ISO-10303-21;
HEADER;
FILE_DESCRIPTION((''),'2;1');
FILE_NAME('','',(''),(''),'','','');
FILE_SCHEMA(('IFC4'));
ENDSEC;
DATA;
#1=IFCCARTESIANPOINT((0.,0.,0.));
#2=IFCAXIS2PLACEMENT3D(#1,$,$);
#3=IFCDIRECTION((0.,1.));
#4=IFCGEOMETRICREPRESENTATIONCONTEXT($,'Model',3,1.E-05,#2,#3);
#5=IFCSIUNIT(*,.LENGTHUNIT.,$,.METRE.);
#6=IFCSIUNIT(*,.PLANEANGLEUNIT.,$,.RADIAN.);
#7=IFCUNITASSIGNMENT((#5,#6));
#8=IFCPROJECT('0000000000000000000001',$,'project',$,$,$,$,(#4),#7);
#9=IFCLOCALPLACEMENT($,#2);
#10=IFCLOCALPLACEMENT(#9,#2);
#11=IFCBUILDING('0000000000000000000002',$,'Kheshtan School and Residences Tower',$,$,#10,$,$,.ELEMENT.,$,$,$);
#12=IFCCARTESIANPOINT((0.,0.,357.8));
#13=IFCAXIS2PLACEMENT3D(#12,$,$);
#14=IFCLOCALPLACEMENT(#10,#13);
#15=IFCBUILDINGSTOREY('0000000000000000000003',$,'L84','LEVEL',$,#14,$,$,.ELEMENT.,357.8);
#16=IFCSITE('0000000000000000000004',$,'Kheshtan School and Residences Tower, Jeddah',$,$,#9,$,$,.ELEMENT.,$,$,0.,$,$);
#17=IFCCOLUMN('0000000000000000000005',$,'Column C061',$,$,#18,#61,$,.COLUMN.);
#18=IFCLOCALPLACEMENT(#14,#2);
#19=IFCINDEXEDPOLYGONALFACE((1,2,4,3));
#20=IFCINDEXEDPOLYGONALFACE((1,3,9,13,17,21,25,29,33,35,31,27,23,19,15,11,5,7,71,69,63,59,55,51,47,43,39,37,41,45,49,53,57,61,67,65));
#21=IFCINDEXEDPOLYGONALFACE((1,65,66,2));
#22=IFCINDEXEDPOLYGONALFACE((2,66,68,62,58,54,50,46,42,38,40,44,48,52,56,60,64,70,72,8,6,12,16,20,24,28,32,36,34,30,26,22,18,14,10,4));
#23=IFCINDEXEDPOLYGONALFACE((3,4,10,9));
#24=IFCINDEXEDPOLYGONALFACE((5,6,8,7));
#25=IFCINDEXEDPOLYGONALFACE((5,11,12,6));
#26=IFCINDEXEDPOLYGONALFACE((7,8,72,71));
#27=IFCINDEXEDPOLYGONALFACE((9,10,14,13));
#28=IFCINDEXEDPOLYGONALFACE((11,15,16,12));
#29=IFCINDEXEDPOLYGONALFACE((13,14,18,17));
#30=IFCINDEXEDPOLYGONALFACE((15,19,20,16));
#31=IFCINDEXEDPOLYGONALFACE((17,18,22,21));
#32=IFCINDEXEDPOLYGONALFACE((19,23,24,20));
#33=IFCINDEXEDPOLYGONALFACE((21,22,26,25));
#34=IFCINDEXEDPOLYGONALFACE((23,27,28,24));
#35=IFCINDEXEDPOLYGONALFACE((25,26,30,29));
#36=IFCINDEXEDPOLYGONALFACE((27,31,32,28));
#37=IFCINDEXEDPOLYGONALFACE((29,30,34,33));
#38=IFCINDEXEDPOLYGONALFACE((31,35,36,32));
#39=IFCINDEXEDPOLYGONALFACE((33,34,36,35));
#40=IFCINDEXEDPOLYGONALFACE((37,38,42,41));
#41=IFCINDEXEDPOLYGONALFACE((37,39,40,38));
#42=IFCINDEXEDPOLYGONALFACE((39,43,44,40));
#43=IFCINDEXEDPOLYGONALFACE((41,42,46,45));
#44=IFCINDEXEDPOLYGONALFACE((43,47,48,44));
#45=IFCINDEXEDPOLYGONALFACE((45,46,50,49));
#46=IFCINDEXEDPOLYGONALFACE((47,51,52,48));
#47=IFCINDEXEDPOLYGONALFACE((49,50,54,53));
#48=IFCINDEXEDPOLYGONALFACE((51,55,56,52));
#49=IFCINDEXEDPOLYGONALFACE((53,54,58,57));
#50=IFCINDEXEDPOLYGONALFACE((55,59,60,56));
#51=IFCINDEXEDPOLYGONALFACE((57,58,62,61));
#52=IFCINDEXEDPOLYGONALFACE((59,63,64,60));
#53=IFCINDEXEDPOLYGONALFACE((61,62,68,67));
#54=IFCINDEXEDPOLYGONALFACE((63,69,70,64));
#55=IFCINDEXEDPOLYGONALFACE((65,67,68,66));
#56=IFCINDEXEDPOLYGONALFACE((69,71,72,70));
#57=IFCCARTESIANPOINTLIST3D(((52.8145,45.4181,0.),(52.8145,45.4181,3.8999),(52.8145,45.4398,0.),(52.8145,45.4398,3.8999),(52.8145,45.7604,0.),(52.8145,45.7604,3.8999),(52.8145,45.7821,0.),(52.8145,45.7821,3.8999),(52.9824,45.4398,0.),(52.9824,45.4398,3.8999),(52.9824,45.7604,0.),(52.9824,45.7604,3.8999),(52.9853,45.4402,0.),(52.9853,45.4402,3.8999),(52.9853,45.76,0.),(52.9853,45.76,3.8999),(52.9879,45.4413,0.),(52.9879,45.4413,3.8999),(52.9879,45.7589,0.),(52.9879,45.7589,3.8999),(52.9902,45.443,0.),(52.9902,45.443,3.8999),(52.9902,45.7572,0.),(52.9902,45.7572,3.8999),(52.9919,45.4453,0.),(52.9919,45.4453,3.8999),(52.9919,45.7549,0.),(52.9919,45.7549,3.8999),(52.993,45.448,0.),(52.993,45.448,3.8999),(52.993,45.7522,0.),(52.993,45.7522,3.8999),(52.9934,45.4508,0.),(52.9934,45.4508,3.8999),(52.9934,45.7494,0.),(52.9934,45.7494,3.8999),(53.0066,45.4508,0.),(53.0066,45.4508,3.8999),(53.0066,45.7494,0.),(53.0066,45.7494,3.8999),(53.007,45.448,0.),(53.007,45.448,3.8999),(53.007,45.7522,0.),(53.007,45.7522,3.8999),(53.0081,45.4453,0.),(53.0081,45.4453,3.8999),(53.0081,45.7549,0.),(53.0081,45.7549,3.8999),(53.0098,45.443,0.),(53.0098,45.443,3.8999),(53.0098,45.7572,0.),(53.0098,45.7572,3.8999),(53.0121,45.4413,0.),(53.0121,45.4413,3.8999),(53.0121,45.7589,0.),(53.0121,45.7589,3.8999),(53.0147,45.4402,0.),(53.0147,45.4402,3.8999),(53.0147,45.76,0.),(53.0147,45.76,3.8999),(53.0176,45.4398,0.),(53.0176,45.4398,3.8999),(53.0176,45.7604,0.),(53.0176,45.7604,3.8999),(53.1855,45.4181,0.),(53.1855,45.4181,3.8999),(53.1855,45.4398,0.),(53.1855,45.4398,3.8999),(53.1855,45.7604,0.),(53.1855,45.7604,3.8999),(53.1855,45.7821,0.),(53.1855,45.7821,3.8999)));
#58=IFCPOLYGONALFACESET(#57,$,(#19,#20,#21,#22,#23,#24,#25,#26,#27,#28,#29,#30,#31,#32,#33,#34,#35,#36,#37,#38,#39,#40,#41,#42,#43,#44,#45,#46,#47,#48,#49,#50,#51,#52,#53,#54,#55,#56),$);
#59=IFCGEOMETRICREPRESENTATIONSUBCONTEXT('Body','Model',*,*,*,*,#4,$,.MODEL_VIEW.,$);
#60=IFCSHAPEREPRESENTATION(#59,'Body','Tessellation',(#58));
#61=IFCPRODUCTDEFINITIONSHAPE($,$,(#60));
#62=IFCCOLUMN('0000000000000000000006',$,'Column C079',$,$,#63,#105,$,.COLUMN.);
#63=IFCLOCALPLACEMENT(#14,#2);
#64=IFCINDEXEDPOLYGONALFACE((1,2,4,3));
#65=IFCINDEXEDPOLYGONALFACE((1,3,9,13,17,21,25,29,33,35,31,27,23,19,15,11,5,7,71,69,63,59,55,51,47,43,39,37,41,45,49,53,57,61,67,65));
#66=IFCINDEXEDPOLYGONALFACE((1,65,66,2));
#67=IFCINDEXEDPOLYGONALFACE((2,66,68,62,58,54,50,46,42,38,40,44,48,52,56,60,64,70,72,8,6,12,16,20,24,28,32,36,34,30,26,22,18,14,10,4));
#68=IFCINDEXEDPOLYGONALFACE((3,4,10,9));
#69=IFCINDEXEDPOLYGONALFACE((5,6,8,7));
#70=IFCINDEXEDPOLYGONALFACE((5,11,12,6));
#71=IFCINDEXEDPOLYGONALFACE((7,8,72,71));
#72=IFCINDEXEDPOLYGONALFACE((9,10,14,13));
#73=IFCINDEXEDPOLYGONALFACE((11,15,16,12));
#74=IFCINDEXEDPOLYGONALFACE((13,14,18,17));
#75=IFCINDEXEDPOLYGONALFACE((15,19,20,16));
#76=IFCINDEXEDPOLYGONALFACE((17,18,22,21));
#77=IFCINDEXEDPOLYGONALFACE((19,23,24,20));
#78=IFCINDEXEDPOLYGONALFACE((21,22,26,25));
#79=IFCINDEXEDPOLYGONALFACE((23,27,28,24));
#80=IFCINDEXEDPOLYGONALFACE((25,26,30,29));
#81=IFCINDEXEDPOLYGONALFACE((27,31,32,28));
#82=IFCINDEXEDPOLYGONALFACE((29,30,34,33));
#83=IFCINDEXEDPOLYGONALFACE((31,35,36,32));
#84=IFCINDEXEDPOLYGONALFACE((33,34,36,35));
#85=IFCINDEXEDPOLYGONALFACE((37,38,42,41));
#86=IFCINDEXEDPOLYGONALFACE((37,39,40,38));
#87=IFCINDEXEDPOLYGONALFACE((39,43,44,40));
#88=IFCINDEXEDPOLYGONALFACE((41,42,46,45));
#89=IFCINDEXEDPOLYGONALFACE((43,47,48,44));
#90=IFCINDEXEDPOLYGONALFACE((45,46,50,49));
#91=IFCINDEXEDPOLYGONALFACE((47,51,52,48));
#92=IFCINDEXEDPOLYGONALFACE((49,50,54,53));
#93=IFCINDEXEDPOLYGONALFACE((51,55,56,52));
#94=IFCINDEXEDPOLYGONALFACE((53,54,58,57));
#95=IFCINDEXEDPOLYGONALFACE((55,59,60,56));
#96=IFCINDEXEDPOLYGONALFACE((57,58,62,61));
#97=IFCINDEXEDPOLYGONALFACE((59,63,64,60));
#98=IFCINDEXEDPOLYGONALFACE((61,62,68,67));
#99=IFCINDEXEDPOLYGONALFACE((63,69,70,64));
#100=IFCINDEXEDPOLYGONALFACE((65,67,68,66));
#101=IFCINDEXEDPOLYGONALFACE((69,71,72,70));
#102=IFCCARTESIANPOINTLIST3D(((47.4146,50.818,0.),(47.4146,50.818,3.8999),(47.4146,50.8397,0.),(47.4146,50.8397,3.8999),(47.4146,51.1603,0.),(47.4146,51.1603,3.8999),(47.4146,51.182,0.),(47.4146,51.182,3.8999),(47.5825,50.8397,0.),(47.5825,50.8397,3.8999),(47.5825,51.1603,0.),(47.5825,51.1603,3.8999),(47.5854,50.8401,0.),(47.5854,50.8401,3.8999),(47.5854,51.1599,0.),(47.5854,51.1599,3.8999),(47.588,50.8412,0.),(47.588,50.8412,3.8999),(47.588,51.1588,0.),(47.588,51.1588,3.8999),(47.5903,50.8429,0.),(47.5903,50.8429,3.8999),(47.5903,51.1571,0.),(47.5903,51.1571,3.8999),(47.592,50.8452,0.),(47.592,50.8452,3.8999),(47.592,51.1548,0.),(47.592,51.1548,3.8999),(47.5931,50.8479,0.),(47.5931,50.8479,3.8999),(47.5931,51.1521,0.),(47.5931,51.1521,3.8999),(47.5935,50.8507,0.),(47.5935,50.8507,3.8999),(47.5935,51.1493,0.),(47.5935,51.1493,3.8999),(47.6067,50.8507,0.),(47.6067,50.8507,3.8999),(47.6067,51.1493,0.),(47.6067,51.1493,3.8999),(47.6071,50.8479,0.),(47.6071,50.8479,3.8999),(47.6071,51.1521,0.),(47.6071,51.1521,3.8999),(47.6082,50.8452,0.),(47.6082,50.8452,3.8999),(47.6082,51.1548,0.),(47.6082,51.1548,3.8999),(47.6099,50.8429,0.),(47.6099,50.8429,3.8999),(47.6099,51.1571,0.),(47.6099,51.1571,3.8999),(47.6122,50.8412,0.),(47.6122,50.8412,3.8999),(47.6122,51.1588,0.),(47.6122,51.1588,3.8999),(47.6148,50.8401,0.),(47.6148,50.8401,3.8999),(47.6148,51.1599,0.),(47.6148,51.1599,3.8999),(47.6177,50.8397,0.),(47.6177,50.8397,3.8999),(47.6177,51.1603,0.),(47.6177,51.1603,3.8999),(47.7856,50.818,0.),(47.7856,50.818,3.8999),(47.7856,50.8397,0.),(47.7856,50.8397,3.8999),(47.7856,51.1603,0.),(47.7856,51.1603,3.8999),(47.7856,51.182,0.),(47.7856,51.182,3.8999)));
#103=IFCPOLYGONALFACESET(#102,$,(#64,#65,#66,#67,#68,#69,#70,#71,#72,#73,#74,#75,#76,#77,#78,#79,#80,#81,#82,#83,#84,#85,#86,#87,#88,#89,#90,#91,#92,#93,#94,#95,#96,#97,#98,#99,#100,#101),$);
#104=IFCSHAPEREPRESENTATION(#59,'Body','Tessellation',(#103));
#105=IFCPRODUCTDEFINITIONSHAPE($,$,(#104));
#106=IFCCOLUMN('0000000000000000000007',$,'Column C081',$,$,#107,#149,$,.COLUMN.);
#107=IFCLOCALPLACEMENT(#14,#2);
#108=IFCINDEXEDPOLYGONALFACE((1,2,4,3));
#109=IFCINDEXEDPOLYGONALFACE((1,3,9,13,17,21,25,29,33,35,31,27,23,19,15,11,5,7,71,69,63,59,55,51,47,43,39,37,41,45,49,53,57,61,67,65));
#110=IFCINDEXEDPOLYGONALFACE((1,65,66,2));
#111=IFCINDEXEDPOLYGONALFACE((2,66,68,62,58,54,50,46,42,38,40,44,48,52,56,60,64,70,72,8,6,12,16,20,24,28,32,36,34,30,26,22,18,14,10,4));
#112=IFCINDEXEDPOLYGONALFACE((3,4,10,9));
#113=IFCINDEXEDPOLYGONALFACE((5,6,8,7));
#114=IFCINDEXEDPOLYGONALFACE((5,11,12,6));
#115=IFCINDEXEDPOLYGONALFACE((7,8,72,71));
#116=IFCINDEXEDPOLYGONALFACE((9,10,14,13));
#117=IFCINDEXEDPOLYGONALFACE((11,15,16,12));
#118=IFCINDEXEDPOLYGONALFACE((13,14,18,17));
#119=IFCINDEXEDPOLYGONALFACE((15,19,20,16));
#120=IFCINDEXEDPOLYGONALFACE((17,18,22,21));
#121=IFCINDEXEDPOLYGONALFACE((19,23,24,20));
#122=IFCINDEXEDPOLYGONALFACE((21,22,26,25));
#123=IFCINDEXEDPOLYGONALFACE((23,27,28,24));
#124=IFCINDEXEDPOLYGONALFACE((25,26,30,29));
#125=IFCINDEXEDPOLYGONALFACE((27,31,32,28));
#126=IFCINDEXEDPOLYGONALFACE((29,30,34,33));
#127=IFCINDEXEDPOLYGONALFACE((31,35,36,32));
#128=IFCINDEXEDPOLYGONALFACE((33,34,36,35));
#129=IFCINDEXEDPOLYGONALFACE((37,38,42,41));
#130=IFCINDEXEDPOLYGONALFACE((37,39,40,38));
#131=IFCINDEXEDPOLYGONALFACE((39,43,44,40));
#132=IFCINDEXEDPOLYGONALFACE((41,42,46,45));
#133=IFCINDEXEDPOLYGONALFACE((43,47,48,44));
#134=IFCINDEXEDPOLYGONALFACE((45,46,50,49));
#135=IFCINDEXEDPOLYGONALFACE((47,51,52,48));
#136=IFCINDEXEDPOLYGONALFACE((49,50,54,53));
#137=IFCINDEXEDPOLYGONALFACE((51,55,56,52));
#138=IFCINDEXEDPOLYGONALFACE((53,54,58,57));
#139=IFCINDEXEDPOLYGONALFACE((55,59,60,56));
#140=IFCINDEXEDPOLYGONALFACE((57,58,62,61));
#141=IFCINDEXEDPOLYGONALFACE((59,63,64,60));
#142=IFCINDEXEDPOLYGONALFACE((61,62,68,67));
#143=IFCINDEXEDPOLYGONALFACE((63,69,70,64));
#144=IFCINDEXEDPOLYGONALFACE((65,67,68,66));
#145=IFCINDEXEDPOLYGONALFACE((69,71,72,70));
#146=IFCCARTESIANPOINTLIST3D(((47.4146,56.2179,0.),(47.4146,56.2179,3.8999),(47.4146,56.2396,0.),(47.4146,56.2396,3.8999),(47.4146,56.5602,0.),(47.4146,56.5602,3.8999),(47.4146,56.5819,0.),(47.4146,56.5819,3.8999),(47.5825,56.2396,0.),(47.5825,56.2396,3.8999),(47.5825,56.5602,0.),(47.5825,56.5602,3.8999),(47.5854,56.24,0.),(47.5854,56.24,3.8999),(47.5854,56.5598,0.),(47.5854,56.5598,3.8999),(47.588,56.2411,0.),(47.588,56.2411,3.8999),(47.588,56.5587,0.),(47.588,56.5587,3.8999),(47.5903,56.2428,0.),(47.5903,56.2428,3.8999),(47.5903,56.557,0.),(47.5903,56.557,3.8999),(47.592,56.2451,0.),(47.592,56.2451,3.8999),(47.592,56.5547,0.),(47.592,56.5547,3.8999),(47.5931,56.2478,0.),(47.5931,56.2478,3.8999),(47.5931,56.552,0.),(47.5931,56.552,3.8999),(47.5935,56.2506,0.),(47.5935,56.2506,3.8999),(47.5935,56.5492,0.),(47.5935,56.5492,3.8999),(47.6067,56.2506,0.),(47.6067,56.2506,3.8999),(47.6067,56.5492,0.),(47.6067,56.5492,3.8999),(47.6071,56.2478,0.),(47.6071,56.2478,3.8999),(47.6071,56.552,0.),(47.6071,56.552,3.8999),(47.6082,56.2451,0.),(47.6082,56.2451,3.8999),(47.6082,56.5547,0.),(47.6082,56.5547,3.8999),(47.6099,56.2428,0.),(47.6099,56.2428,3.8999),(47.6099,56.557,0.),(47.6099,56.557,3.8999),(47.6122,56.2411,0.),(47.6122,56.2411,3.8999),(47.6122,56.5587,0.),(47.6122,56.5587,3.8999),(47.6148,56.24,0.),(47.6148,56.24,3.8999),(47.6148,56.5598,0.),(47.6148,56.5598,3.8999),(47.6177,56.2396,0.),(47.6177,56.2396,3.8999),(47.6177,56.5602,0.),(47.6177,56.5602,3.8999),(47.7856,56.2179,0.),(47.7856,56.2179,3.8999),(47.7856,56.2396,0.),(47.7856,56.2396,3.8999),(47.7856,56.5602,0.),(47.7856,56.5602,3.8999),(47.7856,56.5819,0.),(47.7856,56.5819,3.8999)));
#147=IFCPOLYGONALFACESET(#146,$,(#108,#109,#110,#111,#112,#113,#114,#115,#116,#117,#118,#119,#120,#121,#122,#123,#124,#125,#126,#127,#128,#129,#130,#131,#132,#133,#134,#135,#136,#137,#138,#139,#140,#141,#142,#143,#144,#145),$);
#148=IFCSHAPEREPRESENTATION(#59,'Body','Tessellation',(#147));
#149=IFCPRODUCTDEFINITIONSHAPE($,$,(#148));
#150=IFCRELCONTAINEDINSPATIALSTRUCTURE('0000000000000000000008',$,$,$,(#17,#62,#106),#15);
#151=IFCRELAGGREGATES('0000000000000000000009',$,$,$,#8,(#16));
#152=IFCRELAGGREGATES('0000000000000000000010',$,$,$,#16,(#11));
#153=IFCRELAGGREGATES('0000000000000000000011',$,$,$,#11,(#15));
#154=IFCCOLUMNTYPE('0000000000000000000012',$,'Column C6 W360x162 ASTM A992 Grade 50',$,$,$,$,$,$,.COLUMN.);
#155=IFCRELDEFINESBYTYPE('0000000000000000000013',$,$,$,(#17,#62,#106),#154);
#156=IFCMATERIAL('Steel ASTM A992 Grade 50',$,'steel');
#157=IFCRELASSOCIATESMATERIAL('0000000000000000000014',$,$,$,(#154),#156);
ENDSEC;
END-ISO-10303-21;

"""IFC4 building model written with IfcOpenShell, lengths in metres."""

from ifc_helpers import new_model, si_unit, direction, frame, origin, origin_2d, place, context, subcontext, project, spatial, i_section, extrude, material, material_profile, profile_set, type_object, element, save


model = new_model("IFC4")

# Units and contexts
model_context = context("Model", 3, precision=1e-05, world=origin(), true_north=direction((0.0, 1.0)))
body_context = subcontext(model_context, "Body", "Model", "MODEL_VIEW")
ifc_project = project(units=[si_unit("LENGTHUNIT", "METRE"), si_unit("PLANEANGLEUNIT", "RADIAN")], contexts=[model_context])

# Site, building, storey
site_placement = place(None, origin())
site = spatial("IfcSite", under=ifc_project, at=site_placement, Name="Kheshtan School and Residences Tower, Jeddah", CompositionType="ELEMENT", RefElevation=0.0)
building_placement = place(site_placement, origin())
building = spatial("IfcBuilding", under=site, at=building_placement, Name="Kheshtan School and Residences Tower", CompositionType="ELEMENT")
storey_placement = place(building_placement, frame((0.0, 0.0, 357.8)))
storey = spatial("IfcBuildingStorey", under=building, at=storey_placement, Name="L84", Description="LEVEL", CompositionType="ELEMENT", Elevation=357.8)

# Columns
ifc_material_1 = material(Name="Steel ASTM A992 Grade 50", Category="steel")
ifc_material_profile_1 = material_profile(ifc_material_1, i_section(OverallWidth=0.3711, OverallDepth=0.364, WebThickness=0.0132, FlangeThickness=0.0217, FilletRadius=0.011, at=origin_2d()), Name="W360x162")
ifc_profile_set_1 = profile_set([ifc_material_profile_1], Name="Steel ASTM A992 Grade 50")
column_type_1 = type_object("IfcColumnType", Name="Column C6 W360x162 ASTM A992 Grade 50", PredefinedType="COLUMN", material=ifc_profile_set_1)
for number, where, z_axis, x_axis, name in (
    (1, (53.0, 45.6001, 0.0), (0.0, 0.0, 1.0), (1.0, 0.0, 0.0), "Column C061"),
    (2, (47.6001, 51.0, 0.0), (0.0, 0.0, 1.0), (1.0, 0.0, 0.0), "Column C079"),
    (3, (47.6001, 56.3999, 0.0), (0.0, 0.0, 1.0), (1.0, 0.0, 0.0), "Column C081"),
):
    element("IfcColumn", number, at=place(storey_placement, frame(where, z_axis=z_axis, x_axis=x_axis)), inside=storey, type_object=column_type_1, Name=name, PredefinedType="COLUMN", context=body_context, shape_type="SweptSolid", body=[
        extrude(i_section(OverallWidth=0.3711, OverallDepth=0.364, WebThickness=0.0132, FlangeThickness=0.0217, FilletRadius=0.011, at=origin_2d()), origin(), (0.0, 0.0, 1.0), 3.8999),
    ])

save(model, "model.ifc")
